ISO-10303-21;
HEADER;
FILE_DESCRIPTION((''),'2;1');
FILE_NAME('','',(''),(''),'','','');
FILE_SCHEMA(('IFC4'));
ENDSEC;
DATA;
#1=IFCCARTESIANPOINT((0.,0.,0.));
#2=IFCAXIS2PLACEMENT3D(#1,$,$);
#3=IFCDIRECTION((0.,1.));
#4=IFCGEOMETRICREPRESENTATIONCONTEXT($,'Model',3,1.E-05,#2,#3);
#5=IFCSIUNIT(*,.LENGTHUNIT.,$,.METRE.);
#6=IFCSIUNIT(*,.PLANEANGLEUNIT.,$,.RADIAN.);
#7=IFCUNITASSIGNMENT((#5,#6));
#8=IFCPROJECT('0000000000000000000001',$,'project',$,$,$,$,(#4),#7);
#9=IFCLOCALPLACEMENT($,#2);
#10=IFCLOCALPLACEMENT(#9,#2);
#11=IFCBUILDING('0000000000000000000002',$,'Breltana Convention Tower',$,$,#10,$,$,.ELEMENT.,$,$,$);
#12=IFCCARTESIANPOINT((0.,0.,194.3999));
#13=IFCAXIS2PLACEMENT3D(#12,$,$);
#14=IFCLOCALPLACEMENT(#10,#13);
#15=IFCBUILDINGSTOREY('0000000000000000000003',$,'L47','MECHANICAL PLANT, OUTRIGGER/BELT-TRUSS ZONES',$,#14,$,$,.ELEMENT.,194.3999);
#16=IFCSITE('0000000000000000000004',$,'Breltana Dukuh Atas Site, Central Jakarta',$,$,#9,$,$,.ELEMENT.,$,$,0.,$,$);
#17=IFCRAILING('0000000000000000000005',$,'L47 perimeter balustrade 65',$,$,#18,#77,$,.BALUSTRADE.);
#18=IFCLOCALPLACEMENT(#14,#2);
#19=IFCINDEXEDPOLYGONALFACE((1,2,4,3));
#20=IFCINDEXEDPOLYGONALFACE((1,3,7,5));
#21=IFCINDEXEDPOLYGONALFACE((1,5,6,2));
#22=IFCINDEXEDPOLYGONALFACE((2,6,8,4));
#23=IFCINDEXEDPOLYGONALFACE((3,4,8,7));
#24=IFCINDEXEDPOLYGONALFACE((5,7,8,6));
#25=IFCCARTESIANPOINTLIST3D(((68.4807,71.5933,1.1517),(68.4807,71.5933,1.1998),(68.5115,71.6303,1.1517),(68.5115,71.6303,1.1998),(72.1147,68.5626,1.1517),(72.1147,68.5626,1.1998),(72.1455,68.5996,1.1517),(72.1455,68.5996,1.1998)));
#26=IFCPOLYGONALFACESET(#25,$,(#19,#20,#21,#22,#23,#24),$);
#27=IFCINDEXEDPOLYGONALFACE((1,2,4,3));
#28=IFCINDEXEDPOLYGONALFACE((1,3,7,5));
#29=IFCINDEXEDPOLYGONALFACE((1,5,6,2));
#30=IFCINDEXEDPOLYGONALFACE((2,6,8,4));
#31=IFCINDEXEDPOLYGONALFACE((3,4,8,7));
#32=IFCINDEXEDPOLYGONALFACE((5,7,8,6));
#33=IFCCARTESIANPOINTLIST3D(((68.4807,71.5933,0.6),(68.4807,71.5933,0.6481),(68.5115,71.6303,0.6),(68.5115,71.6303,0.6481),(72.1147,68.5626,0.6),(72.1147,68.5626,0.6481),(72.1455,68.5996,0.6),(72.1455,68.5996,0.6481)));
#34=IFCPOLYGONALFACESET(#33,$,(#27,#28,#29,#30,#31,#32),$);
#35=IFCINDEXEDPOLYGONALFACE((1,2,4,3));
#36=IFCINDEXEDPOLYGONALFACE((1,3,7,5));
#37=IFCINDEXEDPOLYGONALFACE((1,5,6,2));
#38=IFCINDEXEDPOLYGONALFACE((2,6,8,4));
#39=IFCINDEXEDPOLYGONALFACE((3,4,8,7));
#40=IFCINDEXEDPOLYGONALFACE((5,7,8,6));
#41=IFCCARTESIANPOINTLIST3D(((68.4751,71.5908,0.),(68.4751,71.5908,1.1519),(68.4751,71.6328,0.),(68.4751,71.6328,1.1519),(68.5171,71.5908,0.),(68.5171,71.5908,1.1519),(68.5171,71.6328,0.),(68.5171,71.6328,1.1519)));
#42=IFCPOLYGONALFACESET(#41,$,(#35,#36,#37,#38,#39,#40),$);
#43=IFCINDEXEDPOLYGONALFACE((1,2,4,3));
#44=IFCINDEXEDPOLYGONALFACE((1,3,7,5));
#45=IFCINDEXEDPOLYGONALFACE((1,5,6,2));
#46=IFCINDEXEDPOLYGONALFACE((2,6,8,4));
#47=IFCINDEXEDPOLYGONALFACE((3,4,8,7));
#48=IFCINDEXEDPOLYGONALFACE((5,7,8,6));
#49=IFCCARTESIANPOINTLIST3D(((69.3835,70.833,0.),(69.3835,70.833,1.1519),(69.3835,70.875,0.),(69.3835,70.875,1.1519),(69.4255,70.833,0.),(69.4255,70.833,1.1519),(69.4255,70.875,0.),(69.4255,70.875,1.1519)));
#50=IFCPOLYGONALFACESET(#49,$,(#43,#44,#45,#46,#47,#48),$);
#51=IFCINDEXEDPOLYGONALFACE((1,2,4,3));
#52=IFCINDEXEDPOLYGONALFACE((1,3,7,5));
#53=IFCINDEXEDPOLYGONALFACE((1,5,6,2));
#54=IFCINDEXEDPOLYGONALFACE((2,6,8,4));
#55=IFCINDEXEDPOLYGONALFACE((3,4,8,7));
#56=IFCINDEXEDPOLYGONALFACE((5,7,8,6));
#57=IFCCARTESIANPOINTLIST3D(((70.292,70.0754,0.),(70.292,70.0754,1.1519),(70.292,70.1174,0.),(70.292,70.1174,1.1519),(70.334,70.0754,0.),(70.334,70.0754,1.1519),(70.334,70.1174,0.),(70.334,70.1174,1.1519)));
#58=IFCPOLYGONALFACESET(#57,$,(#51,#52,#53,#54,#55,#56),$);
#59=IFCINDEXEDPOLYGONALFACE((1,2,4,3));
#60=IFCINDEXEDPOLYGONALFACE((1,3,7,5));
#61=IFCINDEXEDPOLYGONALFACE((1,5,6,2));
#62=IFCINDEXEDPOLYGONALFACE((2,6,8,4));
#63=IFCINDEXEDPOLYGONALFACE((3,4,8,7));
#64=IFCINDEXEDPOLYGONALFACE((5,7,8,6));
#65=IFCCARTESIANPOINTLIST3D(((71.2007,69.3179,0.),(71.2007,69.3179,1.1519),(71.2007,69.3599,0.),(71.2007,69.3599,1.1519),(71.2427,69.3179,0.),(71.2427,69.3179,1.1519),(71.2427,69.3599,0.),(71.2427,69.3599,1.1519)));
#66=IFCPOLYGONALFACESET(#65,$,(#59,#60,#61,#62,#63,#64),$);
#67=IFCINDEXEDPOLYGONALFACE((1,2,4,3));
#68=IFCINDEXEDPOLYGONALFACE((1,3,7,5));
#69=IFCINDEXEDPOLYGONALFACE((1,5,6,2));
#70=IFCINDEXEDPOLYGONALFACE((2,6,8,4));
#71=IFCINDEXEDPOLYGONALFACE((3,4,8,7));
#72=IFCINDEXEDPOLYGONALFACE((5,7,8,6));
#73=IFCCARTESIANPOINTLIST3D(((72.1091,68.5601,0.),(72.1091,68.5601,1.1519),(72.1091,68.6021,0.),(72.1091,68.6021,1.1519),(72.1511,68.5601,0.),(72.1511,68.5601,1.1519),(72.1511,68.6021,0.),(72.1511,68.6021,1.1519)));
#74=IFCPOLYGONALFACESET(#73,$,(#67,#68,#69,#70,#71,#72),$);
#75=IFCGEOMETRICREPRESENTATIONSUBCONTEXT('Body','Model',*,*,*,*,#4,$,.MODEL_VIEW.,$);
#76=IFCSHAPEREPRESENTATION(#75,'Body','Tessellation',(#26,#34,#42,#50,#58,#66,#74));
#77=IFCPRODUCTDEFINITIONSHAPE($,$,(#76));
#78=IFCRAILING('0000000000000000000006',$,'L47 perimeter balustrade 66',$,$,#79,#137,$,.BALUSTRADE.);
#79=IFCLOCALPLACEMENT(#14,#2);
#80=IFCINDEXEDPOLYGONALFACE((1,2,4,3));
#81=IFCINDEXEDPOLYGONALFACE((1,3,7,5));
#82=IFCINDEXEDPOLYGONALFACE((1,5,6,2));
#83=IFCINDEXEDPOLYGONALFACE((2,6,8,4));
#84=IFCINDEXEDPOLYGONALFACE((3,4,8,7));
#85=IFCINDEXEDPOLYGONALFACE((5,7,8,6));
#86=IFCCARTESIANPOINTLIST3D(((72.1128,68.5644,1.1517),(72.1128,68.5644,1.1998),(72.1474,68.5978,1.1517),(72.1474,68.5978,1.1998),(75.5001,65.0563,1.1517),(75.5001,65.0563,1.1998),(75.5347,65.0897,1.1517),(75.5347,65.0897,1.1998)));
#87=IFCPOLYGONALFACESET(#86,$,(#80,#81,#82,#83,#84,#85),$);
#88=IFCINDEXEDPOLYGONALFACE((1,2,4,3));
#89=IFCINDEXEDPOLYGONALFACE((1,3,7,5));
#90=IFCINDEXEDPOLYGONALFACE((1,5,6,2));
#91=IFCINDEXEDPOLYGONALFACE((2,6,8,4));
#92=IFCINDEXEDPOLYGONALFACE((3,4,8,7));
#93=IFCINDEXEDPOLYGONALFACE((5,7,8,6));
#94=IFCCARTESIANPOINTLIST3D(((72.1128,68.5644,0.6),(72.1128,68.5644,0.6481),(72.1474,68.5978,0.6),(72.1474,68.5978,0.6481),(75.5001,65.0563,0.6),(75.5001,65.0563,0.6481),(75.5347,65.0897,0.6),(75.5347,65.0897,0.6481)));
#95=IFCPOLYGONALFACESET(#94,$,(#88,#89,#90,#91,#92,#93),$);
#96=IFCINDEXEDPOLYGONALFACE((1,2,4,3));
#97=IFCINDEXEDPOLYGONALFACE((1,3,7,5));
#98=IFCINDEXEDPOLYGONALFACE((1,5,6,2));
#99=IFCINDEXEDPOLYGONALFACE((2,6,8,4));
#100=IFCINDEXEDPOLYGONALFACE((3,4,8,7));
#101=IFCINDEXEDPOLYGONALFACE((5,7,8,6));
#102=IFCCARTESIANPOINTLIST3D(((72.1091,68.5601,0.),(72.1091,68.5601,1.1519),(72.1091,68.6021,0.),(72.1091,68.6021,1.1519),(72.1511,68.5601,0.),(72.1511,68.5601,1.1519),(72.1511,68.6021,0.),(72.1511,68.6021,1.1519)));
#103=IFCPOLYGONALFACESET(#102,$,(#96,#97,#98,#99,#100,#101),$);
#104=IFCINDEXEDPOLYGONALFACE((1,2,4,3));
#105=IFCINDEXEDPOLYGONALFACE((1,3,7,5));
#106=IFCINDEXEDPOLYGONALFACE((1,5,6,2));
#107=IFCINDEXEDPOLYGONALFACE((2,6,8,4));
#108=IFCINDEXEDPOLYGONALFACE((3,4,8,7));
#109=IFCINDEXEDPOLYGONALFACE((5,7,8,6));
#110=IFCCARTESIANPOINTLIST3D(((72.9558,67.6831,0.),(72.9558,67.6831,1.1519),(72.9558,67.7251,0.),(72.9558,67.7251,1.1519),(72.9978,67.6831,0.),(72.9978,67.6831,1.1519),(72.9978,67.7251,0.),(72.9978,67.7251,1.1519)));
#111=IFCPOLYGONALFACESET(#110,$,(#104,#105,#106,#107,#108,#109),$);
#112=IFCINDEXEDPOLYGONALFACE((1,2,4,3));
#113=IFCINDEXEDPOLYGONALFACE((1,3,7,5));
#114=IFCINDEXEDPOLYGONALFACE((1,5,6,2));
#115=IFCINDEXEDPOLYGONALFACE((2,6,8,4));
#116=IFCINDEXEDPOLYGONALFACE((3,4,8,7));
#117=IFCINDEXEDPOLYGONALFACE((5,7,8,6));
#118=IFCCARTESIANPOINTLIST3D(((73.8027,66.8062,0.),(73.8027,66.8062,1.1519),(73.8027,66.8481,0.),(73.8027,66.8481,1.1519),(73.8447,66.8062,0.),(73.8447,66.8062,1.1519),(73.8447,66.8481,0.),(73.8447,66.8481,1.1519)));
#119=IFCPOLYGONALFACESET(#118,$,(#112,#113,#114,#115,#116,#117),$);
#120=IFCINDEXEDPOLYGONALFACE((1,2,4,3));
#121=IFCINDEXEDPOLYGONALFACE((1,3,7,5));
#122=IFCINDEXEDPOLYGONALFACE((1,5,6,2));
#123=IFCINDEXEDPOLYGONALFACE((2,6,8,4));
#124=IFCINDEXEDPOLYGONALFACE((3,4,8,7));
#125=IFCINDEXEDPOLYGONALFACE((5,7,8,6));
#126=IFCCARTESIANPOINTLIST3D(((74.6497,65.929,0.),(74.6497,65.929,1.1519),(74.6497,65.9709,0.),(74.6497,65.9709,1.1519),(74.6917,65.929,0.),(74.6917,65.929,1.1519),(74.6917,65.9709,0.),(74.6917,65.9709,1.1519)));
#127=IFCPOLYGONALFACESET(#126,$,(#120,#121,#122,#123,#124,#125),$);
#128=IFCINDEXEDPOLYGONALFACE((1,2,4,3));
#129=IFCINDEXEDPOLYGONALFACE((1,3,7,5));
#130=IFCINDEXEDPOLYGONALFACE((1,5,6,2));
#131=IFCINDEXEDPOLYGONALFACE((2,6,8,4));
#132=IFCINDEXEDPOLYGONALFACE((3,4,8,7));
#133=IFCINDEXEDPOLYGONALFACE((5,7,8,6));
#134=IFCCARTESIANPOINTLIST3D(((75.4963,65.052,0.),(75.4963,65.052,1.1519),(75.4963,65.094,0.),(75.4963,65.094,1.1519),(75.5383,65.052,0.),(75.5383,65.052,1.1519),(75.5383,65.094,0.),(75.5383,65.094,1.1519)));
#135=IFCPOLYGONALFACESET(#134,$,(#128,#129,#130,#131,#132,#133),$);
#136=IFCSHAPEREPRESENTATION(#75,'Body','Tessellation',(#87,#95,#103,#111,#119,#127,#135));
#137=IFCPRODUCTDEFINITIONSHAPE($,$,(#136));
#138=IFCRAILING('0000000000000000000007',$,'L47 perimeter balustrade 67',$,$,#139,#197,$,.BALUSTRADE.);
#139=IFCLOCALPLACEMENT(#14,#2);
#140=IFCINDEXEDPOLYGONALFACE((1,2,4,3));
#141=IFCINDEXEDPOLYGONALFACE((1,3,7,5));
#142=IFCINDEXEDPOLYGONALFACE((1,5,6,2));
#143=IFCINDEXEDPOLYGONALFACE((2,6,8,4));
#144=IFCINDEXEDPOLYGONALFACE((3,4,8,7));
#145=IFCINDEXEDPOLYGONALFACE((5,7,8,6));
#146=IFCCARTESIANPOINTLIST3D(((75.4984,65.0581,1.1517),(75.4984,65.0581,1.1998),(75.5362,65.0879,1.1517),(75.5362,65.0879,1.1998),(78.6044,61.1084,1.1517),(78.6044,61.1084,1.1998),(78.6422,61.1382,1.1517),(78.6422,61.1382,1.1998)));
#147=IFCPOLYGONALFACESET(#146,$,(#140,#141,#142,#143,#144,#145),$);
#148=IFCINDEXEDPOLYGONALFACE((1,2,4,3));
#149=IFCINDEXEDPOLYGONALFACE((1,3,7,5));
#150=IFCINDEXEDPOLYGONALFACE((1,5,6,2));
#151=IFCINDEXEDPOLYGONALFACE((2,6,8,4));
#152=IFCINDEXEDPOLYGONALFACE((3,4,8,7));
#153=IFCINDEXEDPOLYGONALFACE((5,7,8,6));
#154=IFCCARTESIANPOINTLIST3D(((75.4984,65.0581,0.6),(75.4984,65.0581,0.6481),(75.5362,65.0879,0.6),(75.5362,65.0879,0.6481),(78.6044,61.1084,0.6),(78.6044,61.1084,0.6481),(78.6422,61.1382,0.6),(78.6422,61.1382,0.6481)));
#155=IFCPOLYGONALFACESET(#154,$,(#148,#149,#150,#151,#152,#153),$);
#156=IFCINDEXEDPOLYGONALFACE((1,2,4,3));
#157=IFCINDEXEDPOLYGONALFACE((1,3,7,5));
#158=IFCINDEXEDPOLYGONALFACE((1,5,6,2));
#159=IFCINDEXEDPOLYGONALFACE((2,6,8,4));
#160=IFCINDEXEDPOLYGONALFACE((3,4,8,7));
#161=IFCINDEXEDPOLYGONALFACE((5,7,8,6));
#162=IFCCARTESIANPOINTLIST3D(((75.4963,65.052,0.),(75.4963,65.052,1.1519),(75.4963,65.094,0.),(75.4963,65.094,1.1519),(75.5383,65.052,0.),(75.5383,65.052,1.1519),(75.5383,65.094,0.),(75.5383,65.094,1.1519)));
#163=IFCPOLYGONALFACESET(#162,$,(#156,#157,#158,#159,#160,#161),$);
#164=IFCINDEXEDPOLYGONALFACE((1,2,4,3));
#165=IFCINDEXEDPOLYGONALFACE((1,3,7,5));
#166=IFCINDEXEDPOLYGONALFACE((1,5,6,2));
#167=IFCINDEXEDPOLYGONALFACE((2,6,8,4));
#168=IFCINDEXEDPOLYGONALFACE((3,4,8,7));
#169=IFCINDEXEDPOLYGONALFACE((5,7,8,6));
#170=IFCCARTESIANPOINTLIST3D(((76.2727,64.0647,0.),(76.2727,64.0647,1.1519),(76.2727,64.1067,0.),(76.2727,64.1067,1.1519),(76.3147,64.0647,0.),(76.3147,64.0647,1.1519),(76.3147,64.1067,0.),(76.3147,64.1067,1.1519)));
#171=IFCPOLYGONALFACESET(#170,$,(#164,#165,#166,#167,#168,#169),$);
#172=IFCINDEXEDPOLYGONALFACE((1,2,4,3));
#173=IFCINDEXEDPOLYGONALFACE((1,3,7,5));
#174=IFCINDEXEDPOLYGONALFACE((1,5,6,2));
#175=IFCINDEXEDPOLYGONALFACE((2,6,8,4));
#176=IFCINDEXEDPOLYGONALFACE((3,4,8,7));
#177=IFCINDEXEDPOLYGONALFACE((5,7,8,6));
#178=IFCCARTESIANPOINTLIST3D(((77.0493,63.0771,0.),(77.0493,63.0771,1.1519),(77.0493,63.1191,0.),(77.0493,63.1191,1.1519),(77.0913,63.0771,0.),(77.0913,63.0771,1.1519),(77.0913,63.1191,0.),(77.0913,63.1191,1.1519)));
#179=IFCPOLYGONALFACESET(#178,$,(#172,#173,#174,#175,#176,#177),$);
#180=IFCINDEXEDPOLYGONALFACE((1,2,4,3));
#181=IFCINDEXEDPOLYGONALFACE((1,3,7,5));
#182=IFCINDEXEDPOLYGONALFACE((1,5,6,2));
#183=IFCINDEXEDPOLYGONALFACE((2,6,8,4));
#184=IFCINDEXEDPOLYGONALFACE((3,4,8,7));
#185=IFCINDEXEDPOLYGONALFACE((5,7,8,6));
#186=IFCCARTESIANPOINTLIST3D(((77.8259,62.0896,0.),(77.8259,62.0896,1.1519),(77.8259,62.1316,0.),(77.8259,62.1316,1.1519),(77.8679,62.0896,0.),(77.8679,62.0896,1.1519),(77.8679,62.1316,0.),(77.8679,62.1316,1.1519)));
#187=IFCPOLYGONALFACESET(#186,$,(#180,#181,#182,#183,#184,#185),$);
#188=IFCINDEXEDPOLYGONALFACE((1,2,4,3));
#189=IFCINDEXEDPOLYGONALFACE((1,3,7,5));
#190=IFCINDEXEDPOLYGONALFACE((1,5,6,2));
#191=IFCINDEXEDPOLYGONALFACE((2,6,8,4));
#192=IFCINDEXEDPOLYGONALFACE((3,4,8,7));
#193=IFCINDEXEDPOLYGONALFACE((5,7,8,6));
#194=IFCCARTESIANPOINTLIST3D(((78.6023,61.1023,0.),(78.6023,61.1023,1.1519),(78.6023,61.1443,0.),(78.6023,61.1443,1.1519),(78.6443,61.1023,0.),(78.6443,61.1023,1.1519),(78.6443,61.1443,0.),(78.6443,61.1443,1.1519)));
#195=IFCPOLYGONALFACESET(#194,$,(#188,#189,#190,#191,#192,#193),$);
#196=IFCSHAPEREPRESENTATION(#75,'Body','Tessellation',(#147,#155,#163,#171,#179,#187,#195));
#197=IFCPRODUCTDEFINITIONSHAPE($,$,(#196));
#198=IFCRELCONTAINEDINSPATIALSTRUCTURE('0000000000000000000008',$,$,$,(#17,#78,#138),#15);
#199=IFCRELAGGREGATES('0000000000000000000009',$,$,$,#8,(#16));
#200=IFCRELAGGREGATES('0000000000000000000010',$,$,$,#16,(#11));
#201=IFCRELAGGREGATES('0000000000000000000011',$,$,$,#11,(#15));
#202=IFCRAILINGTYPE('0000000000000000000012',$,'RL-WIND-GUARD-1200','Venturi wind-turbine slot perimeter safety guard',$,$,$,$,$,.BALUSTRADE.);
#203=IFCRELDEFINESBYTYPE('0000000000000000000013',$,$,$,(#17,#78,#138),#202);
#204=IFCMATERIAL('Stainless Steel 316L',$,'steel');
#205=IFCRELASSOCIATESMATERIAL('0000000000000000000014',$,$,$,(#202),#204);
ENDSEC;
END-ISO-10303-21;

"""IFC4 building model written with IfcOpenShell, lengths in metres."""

from ifc_helpers import new_model, si_unit, direction, frame, origin, origin_2d, place, context, subcontext, project, spatial, rectangle, extrude, material, type_object, element, save


model = new_model("IFC4")

# Units and contexts
model_context = context("Model", 3, precision=1e-05, world=origin(), true_north=direction((0.0, 1.0)))
body_context = subcontext(model_context, "Body", "Model", "MODEL_VIEW")
ifc_project = project(units=[si_unit("LENGTHUNIT", "METRE"), si_unit("PLANEANGLEUNIT", "RADIAN")], contexts=[model_context])

# Site, building, storey
site_placement = place(None, origin())
site = spatial("IfcSite", under=ifc_project, at=site_placement, Name="Breltana Dukuh Atas Site, Central Jakarta", CompositionType="ELEMENT", RefElevation=0.0)
building_placement = place(site_placement, origin())
building = spatial("IfcBuilding", under=site, at=building_placement, Name="Breltana Convention Tower", CompositionType="ELEMENT")
storey_placement = place(building_placement, frame((0.0, 0.0, 194.3999)))
storey = spatial("IfcBuildingStorey", under=building, at=storey_placement, Name="L47", Description="MECHANICAL PLANT, OUTRIGGER/BELT-TRUSS ZONES", CompositionType="ELEMENT", Elevation=194.3999)

# Railings
ifc_material_1 = material(Name="Stainless Steel 316L", Category="steel")
railing_type = type_object("IfcRailingType", Name="RL-WIND-GUARD-1200", Description="Venturi wind-turbine slot perimeter safety guard", PredefinedType="BALUSTRADE", material=ifc_material_1)
railing_1_placement = place(storey_placement, frame((68.4961, 71.6118, 0.0)))
element("IfcRailing", 1, at=railing_1_placement, inside=storey, type_object=railing_type, Name="L47 perimeter balustrade 65", PredefinedType="BALUSTRADE", context=body_context, shape_type="SweptSolid", body=[
    extrude(rectangle(XDim=0.0481, YDim=0.0481, at=origin_2d()), frame((0.0, 0.0, 1.1758), z_axis=(0.767972, -0.640484, 0.0), x_axis=(0.640484, 0.767972, 0.0)), (0.0, 0.0, 1.0), 4.7319),
    extrude(rectangle(XDim=0.0481, YDim=0.0481, at=origin_2d()), frame((0.0, 0.0, 0.624), z_axis=(0.767972, -0.640484, 0.0), x_axis=(0.640484, 0.767972, 0.0)), (0.0, 0.0, 1.0), 4.7319),
    extrude(rectangle(XDim=0.042, YDim=0.042, at=origin_2d()), origin(), (0.0, 0.0, 1.0), 1.1519),
    extrude(rectangle(XDim=0.042, YDim=0.042, at=origin_2d()), frame((0.9084, -0.7578, 0.0)), (0.0, 0.0, 1.0), 1.1519),
    extrude(rectangle(XDim=0.042, YDim=0.042, at=origin_2d()), frame((1.8169, -1.5154, 0.0)), (0.0, 0.0, 1.0), 1.1519),
    extrude(rectangle(XDim=0.042, YDim=0.042, at=origin_2d()), frame((2.7256, -2.2729, 0.0)), (0.0, 0.0, 1.0), 1.1519),
    extrude(rectangle(XDim=0.042, YDim=0.042, at=origin_2d()), frame((3.634, -3.0308, 0.0)), (0.0, 0.0, 1.0), 1.1519),
])
railing_2_placement = place(storey_placement, frame((72.1301, 68.5811, 0.0)))
element("IfcRailing", 2, at=railing_2_placement, inside=storey, type_object=railing_type, Name="L47 perimeter balustrade 66", PredefinedType="BALUSTRADE", context=body_context, shape_type="SweptSolid", body=[
    extrude(rectangle(XDim=0.0481, YDim=0.0481, at=origin_2d()), frame((0.0, 0.0, 1.1758), z_axis=(0.694607, -0.719389, 0.0), x_axis=(0.719389, 0.694607, 0.0)), (0.0, 0.0, 1.0), 4.8765),
    extrude(rectangle(XDim=0.0481, YDim=0.0481, at=origin_2d()), frame((0.0, 0.0, 0.624), z_axis=(0.694607, -0.719389, 0.0), x_axis=(0.719389, 0.694607, 0.0)), (0.0, 0.0, 1.0), 4.8765),
    extrude(rectangle(XDim=0.042, YDim=0.042, at=origin_2d()), origin(), (0.0, 0.0, 1.0), 1.1519),
    extrude(rectangle(XDim=0.042, YDim=0.042, at=origin_2d()), frame((0.8467, -0.877, 0.0)), (0.0, 0.0, 1.0), 1.1519),
    extrude(rectangle(XDim=0.042, YDim=0.042, at=origin_2d()), frame((1.6936, -1.7539, 0.0)), (0.0, 0.0, 1.0), 1.1519),
    extrude(rectangle(XDim=0.042, YDim=0.042, at=origin_2d()), frame((2.5405, -2.6311, 0.0)), (0.0, 0.0, 1.0), 1.1519),
    extrude(rectangle(XDim=0.042, YDim=0.042, at=origin_2d()), frame((3.3872, -3.5081, 0.0)), (0.0, 0.0, 1.0), 1.1519),
])
railing_3_placement = place(storey_placement, frame((75.5173, 65.073, 0.0)))
element("IfcRailing", 3, at=railing_3_placement, inside=storey, type_object=railing_type, Name="L47 perimeter balustrade 67", PredefinedType="BALUSTRADE", context=body_context, shape_type="SweptSolid", body=[
    extrude(rectangle(XDim=0.0481, YDim=0.0481, at=origin_2d()), frame((0.0, 0.0, 1.1758), z_axis=(0.618143, -0.786065, 0.0), x_axis=(0.786065, 0.618143, 0.0)), (0.0, 0.0, 1.0), 5.0247),
    extrude(rectangle(XDim=0.0481, YDim=0.0481, at=origin_2d()), frame((0.0, 0.0, 0.624), z_axis=(0.618143, -0.786065, 0.0), x_axis=(0.786065, 0.618143, 0.0)), (0.0, 0.0, 1.0), 5.0247),
    extrude(rectangle(XDim=0.042, YDim=0.042, at=origin_2d()), origin(), (0.0, 0.0, 1.0), 1.1519),
    extrude(rectangle(XDim=0.042, YDim=0.042, at=origin_2d()), frame((0.7764, -0.9873, 0.0)), (0.0, 0.0, 1.0), 1.1519),
    extrude(rectangle(XDim=0.042, YDim=0.042, at=origin_2d()), frame((1.553, -1.9749, 0.0)), (0.0, 0.0, 1.0), 1.1519),
    extrude(rectangle(XDim=0.042, YDim=0.042, at=origin_2d()), frame((2.3296, -2.9624, 0.0)), (0.0, 0.0, 1.0), 1.1519),
    extrude(rectangle(XDim=0.042, YDim=0.042, at=origin_2d()), frame((3.106, -3.9497, 0.0)), (0.0, 0.0, 1.0), 1.1519),
])

save(model, "model.ifc")
